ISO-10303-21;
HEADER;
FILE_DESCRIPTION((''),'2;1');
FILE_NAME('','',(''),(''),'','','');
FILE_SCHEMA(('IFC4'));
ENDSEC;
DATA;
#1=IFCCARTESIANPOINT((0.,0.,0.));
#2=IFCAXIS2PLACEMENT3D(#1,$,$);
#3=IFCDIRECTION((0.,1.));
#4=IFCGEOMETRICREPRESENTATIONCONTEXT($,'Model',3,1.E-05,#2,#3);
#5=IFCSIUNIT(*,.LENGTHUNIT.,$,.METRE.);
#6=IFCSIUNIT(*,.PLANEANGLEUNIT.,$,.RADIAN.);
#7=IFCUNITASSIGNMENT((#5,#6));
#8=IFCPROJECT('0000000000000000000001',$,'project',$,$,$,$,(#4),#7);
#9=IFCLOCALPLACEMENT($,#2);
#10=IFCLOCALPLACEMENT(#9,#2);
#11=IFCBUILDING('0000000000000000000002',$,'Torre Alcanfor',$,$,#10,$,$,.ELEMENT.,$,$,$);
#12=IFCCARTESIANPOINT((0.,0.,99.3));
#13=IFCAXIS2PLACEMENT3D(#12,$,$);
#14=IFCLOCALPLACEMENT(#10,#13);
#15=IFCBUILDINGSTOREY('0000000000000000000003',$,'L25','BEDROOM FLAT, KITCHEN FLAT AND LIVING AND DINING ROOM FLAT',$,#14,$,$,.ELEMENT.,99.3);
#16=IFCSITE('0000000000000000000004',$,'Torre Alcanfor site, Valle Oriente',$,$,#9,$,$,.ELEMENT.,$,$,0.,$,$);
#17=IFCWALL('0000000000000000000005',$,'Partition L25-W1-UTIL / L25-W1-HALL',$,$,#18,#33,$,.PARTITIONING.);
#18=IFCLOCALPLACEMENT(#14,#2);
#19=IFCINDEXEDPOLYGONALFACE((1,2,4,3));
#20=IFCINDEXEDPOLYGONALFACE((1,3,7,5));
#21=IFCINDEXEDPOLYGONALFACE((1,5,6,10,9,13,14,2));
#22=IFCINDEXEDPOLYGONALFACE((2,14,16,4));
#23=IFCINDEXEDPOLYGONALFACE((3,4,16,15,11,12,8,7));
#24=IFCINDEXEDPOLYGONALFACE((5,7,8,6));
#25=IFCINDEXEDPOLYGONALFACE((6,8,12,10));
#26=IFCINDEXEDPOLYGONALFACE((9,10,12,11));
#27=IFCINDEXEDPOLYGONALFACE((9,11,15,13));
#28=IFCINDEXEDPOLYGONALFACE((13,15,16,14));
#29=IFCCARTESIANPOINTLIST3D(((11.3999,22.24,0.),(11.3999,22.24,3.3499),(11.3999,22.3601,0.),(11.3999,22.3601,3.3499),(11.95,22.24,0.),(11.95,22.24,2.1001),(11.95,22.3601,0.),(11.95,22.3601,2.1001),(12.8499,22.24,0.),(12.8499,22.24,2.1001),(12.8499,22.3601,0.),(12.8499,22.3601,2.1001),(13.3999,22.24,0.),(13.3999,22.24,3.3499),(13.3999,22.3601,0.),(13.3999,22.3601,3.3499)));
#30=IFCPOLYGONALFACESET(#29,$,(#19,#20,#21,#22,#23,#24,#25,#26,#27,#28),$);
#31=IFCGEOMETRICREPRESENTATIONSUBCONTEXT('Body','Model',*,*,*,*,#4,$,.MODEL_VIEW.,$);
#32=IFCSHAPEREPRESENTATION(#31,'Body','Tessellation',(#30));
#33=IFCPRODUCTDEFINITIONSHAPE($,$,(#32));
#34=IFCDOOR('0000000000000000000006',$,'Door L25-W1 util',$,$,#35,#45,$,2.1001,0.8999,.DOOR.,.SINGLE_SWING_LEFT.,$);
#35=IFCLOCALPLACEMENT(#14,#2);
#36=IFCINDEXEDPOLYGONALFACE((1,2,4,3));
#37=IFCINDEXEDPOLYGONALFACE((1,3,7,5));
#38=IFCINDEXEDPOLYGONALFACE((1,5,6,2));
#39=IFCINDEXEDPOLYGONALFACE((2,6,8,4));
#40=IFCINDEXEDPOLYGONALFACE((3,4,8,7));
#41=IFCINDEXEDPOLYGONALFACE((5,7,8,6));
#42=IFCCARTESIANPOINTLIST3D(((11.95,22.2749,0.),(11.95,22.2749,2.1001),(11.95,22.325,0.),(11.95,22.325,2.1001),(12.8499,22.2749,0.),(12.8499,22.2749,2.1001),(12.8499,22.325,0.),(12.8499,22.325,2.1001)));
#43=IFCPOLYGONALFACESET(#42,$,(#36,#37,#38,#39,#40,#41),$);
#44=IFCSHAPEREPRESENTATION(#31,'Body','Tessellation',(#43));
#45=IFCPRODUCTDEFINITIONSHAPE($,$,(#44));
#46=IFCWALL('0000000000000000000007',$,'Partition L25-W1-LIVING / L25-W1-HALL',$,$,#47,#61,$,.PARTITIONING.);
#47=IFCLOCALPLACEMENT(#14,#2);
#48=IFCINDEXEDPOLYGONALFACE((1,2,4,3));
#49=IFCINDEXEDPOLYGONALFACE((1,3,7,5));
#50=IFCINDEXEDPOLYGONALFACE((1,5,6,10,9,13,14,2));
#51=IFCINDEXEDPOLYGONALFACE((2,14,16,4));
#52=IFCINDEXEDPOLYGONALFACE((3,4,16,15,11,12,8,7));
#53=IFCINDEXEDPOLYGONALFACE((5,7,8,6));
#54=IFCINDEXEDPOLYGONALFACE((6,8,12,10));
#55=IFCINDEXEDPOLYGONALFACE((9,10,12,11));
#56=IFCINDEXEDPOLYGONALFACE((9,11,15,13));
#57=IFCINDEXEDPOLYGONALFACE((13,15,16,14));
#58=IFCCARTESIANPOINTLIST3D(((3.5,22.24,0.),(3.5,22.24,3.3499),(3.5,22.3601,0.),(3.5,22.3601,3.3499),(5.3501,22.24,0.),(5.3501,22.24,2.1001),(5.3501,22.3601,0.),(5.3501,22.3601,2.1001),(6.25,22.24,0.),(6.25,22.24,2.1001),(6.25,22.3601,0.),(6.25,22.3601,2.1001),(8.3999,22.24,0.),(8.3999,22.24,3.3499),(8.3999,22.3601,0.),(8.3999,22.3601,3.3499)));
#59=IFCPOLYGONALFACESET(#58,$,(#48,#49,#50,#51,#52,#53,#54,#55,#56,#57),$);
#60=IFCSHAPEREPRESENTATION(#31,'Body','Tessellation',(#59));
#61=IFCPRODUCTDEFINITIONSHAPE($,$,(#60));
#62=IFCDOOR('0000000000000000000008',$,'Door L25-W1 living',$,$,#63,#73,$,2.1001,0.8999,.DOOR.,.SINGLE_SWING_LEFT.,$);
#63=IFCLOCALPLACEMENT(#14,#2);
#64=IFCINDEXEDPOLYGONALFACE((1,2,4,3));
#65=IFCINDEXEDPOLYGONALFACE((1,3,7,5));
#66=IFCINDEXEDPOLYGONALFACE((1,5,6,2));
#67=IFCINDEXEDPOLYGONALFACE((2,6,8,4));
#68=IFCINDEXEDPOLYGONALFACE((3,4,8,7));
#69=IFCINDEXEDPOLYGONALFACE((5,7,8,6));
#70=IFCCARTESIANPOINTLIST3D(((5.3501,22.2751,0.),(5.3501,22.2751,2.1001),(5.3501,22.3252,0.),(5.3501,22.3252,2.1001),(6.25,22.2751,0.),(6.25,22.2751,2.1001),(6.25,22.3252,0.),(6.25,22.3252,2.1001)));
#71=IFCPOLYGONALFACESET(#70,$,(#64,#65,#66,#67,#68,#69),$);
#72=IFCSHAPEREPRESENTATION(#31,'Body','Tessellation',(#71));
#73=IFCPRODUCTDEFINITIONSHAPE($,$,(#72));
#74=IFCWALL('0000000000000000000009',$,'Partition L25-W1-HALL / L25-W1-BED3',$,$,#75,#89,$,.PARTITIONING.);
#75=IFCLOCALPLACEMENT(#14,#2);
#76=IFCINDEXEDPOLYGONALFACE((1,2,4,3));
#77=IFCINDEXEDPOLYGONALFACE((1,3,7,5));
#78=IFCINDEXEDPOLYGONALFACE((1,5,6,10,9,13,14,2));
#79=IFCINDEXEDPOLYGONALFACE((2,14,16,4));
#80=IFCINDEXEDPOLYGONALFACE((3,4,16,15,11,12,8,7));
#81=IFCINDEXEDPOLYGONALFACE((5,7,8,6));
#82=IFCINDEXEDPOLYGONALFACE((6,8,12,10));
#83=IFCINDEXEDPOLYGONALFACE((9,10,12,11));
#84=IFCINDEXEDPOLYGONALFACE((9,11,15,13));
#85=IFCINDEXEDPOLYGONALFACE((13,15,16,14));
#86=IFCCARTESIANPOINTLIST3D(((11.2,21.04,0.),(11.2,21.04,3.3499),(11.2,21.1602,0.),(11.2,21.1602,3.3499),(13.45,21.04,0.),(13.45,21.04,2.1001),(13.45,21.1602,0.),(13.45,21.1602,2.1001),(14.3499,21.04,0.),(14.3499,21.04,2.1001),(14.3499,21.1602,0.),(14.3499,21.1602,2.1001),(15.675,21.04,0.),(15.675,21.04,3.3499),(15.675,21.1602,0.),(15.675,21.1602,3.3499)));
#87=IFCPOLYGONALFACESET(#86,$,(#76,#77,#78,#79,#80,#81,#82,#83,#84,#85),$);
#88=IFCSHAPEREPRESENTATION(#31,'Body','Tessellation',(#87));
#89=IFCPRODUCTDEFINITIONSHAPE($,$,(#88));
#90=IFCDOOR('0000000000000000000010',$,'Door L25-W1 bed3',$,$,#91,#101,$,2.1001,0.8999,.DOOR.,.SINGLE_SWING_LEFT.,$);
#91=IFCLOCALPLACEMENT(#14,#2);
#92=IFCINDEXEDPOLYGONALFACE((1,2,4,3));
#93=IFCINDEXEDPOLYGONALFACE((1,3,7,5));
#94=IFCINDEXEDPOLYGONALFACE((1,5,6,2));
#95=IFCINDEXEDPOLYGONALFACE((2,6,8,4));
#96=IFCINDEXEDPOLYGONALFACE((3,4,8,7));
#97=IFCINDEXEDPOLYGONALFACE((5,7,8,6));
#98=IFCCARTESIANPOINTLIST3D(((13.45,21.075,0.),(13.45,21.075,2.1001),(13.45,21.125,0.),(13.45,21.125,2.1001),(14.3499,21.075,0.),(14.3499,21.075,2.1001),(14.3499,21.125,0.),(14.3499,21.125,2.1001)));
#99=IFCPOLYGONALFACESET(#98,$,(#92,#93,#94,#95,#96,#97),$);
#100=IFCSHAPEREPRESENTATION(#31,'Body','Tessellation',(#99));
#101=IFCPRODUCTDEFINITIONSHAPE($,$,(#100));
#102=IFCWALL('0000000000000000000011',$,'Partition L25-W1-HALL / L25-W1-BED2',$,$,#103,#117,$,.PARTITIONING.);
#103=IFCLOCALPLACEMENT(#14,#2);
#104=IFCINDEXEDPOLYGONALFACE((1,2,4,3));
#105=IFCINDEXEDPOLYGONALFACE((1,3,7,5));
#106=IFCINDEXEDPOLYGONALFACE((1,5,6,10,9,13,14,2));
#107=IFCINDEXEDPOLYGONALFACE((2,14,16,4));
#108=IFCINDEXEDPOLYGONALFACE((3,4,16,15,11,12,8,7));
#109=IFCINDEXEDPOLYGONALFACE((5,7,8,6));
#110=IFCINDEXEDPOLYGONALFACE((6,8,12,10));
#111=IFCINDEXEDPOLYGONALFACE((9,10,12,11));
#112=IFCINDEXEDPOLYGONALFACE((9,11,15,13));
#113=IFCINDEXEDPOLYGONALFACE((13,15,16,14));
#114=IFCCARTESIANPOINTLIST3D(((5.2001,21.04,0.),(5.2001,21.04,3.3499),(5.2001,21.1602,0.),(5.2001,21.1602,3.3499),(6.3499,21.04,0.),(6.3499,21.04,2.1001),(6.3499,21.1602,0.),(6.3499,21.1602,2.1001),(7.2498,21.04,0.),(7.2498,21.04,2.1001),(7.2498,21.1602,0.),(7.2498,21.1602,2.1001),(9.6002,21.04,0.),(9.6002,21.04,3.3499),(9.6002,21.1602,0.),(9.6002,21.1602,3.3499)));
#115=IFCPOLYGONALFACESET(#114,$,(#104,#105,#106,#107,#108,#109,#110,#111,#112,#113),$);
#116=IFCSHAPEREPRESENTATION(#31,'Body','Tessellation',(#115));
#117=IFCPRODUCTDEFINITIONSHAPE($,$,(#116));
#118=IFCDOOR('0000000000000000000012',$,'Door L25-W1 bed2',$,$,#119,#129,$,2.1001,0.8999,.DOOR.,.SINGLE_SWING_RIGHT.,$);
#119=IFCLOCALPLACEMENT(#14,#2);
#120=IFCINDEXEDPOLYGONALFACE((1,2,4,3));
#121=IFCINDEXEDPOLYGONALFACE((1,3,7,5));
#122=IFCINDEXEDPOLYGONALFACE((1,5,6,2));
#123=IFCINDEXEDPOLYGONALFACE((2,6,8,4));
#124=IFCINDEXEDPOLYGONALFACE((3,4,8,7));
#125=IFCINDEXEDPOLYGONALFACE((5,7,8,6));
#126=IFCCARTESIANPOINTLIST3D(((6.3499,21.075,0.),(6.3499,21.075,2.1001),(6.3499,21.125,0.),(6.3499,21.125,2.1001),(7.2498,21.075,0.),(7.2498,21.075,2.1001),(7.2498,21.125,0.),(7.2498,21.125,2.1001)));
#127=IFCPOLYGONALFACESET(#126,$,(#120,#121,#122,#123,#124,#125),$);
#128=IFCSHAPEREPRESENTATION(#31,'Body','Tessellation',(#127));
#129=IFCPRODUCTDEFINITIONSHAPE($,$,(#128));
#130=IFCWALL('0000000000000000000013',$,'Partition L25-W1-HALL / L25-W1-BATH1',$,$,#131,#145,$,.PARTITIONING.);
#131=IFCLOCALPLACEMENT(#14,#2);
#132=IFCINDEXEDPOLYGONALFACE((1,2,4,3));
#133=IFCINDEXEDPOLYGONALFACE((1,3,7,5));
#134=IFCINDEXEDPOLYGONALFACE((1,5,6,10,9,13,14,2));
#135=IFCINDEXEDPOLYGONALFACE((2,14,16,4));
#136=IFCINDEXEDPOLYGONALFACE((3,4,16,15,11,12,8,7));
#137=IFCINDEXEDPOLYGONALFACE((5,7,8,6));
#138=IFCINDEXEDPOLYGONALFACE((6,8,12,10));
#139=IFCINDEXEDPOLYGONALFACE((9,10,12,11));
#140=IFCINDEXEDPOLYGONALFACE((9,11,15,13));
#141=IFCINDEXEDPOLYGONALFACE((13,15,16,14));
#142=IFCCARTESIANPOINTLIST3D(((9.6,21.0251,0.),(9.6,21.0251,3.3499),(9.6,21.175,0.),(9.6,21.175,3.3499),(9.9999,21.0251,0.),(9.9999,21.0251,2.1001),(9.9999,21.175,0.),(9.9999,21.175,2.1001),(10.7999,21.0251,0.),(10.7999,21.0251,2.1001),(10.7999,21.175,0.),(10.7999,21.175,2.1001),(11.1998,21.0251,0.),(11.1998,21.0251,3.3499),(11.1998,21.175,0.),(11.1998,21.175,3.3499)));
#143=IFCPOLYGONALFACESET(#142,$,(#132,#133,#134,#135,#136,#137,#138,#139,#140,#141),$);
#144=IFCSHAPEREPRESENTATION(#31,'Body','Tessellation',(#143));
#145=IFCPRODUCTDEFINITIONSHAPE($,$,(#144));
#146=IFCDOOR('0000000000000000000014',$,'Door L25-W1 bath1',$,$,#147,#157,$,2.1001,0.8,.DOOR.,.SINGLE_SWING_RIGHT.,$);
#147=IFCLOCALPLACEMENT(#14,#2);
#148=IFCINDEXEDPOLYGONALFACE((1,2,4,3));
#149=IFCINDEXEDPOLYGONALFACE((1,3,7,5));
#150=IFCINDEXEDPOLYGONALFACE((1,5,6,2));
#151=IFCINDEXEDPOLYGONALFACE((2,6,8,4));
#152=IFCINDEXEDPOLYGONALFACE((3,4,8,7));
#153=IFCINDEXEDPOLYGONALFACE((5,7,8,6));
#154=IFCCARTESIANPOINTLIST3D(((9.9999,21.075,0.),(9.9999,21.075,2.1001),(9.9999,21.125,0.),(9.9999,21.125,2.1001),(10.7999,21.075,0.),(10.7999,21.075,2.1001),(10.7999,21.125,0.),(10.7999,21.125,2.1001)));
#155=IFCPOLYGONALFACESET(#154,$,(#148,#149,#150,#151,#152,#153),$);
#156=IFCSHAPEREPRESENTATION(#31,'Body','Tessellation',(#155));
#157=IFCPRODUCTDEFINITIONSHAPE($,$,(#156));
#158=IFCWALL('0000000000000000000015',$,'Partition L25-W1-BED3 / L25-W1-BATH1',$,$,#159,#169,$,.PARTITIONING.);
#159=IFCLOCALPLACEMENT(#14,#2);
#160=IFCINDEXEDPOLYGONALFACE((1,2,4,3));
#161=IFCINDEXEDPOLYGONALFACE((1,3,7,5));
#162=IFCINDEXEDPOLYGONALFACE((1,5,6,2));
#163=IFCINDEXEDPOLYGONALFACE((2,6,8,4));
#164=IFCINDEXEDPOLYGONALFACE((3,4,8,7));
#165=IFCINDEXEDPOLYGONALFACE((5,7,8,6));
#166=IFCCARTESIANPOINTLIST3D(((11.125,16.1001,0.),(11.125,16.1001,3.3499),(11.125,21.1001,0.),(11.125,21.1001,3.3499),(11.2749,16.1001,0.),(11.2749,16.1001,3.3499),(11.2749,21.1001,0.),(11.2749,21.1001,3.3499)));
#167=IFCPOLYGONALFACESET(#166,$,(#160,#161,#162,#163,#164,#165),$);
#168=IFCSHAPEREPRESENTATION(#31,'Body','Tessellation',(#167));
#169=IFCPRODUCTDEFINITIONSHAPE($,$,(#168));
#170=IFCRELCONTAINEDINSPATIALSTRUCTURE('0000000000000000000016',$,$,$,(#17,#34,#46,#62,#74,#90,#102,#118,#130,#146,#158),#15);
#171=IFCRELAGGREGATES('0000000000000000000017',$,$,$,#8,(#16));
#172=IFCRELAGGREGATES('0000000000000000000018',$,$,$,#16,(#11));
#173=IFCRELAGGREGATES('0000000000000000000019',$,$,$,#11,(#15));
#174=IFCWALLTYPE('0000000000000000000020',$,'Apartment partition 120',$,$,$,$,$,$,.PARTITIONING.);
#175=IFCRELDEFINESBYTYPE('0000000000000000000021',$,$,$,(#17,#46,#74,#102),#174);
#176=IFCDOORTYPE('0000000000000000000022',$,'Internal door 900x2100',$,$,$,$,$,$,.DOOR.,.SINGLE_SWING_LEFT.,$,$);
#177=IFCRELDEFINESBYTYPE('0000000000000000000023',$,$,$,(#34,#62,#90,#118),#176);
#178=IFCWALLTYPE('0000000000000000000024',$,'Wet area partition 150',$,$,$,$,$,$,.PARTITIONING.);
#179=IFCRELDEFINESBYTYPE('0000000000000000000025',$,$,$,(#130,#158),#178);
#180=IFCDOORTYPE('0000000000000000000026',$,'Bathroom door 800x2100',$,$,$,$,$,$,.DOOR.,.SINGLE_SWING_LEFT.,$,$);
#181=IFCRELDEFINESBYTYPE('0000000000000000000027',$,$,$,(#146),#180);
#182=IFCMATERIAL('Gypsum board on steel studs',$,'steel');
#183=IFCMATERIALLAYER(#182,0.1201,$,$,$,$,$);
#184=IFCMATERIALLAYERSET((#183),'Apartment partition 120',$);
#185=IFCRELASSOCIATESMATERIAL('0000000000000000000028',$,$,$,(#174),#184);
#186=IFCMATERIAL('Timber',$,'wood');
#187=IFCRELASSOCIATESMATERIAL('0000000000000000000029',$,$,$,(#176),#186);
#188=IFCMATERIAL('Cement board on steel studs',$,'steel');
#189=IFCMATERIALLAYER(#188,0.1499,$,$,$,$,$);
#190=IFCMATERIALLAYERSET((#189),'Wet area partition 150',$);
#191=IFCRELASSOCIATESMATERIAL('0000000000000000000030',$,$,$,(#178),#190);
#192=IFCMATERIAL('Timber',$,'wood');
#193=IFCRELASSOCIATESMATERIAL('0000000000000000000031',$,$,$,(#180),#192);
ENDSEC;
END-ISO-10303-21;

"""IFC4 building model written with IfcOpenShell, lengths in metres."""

from ifc_helpers import new_model, si_unit, direction, frame, frame_2d, origin, place, context, subcontext, project, spatial, rectangle, extrude, material, layer, layer_set, type_object, element, fill, save


model = new_model("IFC4")

# Units and contexts
model_context = context("Model", 3, precision=1e-05, world=origin(), true_north=direction((0.0, 1.0)))
body_context = subcontext(model_context, "Body", "Model", "MODEL_VIEW")
ifc_project = project(units=[si_unit("LENGTHUNIT", "METRE"), si_unit("PLANEANGLEUNIT", "RADIAN")], contexts=[model_context])

# Site, building, storey
site_placement = place(None, origin())
site = spatial("IfcSite", under=ifc_project, at=site_placement, Name="Torre Alcanfor site, Valle Oriente", CompositionType="ELEMENT", RefElevation=0.0)
building_placement = place(site_placement, origin())
building = spatial("IfcBuilding", under=site, at=building_placement, Name="Torre Alcanfor", CompositionType="ELEMENT")
storey_placement = place(building_placement, frame((0.0, 0.0, 99.3)))
storey = spatial("IfcBuildingStorey", under=building, at=storey_placement, Name="L25", Description="BEDROOM FLAT, KITCHEN FLAT AND LIVING AND DINING ROOM FLAT", CompositionType="ELEMENT", Elevation=99.3)

# Shared definitions
ifc_material_1 = material(Name="Gypsum board on steel studs", Category="steel")
ifc_layer_1 = layer(ifc_material_1, 0.1201)
ifc_layer_set_1 = layer_set([ifc_layer_1], Name="Apartment partition 120")
wall_type_1 = type_object("IfcWallType", Name="Apartment partition 120", PredefinedType="PARTITIONING", material=ifc_layer_set_1)

# Walls, openings, doors
wall_1_placement = place(storey_placement, frame((11.3999, 22.3, 0.0), z_axis=(0.0, 0.0, 1.0), x_axis=(1.0, 0.0, 0.0)))
wall_1 = element("IfcWall", 1, at=wall_1_placement, inside=storey, type_object=wall_type_1, Name="Partition L25-W1-UTIL / L25-W1-HALL", PredefinedType="PARTITIONING", context=body_context, shape_type="SweptSolid", body=[
    extrude(rectangle(XDim=2.0, YDim=0.1201, at=frame_2d((1.0, 0.0))), origin(), (0.0, 0.0, 1.0), 3.3499),
])
opening_1_placement = place(wall_1_placement, frame((0.55, 0.0, 0.0)))
opening_1 = element("IfcOpeningElement", 2, at=opening_1_placement, cuts=wall_1, PredefinedType="OPENING", context=body_context, shape_type="SweptSolid", body=[
    extrude(rectangle(XDim=0.8999, YDim=2.1001, at=frame_2d((0.45, 1.05))), frame((0.0, 0.0701, 0.0), z_axis=(0.0, -1.0, 0.0), x_axis=(1.0, 0.0, 0.0)), (0.0, 0.0, 1.0), 0.1401),
])
ifc_material_2 = material(Name="Timber", Category="wood")
door_type_1 = type_object("IfcDoorType", Name="Internal door 900x2100", OperationType="SINGLE_SWING_LEFT", PredefinedType="DOOR", material=ifc_material_2)
door_1_placement = place(opening_1_placement, origin())
door_1 = element("IfcDoor", 3, at=door_1_placement, inside=storey, type_object=door_type_1, Name="Door L25-W1 util", OperationType="SINGLE_SWING_LEFT", OverallHeight=2.1001, OverallWidth=0.8999, PredefinedType="DOOR", context=body_context, shape_type="SweptSolid", body=[
    extrude(rectangle(XDim=0.8999, YDim=2.1001, at=frame_2d((0.45, 1.05))), frame((0.0, 0.0249, 0.0), z_axis=(0.0, -1.0, 0.0), x_axis=(1.0, 0.0, 0.0)), (0.0, 0.0, 1.0), 0.05),
])
fill(opening_1, door_1)
wall_2_placement = place(storey_placement, frame((8.3999, 22.3, 0.0), z_axis=(0.0, 0.0, 1.0), x_axis=(-1.0, 0.0, 0.0)))
wall_2 = element("IfcWall", 4, at=wall_2_placement, inside=storey, type_object=wall_type_1, Name="Partition L25-W1-LIVING / L25-W1-HALL", PredefinedType="PARTITIONING", context=body_context, shape_type="SweptSolid", body=[
    extrude(rectangle(XDim=4.8999, YDim=0.1201, at=frame_2d((2.45, 0.0))), origin(), (0.0, 0.0, 1.0), 3.3499),
])
opening_2_placement = place(wall_2_placement, frame((2.1499, 0.0, 0.0)))
opening_2 = element("IfcOpeningElement", 5, at=opening_2_placement, cuts=wall_2, PredefinedType="OPENING", context=body_context, shape_type="SweptSolid", body=[
    extrude(rectangle(XDim=0.8999, YDim=2.1001, at=frame_2d((0.45, 1.05))), frame((0.0, 0.0701, 0.0), z_axis=(0.0, -1.0, 0.0), x_axis=(1.0, 0.0, 0.0)), (0.0, 0.0, 1.0), 0.1401),
])
door_2_placement = place(opening_2_placement, frame((0.8999, 0.0, 0.0), z_axis=(0.0, 0.0, 1.0), x_axis=(-1.0, 0.0, 0.0)))
door_2 = element("IfcDoor", 6, at=door_2_placement, inside=storey, type_object=door_type_1, Name="Door L25-W1 living", OperationType="SINGLE_SWING_LEFT", OverallHeight=2.1001, OverallWidth=0.8999, PredefinedType="DOOR", context=body_context, shape_type="SweptSolid", body=[
    extrude(rectangle(XDim=0.8999, YDim=2.1001, at=frame_2d((0.45, 1.05))), frame((0.0, 0.0251, 0.0), z_axis=(0.0, -1.0, 0.0), x_axis=(1.0, 0.0, 0.0)), (0.0, 0.0, 1.0), 0.05),
])
fill(opening_2, door_2)
wall_3_placement = place(storey_placement, frame((11.2, 21.1001, 0.0), z_axis=(0.0, 0.0, 1.0), x_axis=(1.0, 0.0, 0.0)))
wall_3 = element("IfcWall", 7, at=wall_3_placement, inside=storey, type_object=wall_type_1, Name="Partition L25-W1-HALL / L25-W1-BED3", PredefinedType="PARTITIONING", context=body_context, shape_type="SweptSolid", body=[
    extrude(rectangle(XDim=4.4751, YDim=0.1201, at=frame_2d((2.2375, 0.0))), origin(), (0.0, 0.0, 1.0), 3.3499),
])
opening_3_placement = place(wall_3_placement, frame((2.25, 0.0, 0.0)))
opening_3 = element("IfcOpeningElement", 8, at=opening_3_placement, cuts=wall_3, PredefinedType="OPENING", context=body_context, shape_type="SweptSolid", body=[
    extrude(rectangle(XDim=0.8999, YDim=2.1001, at=frame_2d((0.45, 1.05))), frame((0.0, 0.0701, 0.0), z_axis=(0.0, -1.0, 0.0), x_axis=(1.0, 0.0, 0.0)), (0.0, 0.0, 1.0), 0.1401),
])
door_3_placement = place(opening_3_placement, frame((0.8999, 0.0, 0.0), z_axis=(0.0, 0.0, 1.0), x_axis=(-1.0, 0.0, 0.0)))
door_3 = element("IfcDoor", 9, at=door_3_placement, inside=storey, type_object=door_type_1, Name="Door L25-W1 bed3", OperationType="SINGLE_SWING_LEFT", OverallHeight=2.1001, OverallWidth=0.8999, PredefinedType="DOOR", context=body_context, shape_type="SweptSolid", body=[
    extrude(rectangle(XDim=0.8999, YDim=2.1001, at=frame_2d((0.45, 1.05))), frame((0.0, 0.0251, 0.0), z_axis=(0.0, -1.0, 0.0), x_axis=(1.0, 0.0, 0.0)), (0.0, 0.0, 1.0), 0.05),
])
fill(opening_3, door_3)
wall_4_placement = place(storey_placement, frame((5.2, 21.1001, 0.0), z_axis=(0.0, 0.0, 1.0), x_axis=(1.0, 0.0, 0.0)))
wall_4 = element("IfcWall", 10, at=wall_4_placement, inside=storey, type_object=wall_type_1, Name="Partition L25-W1-HALL / L25-W1-BED2", PredefinedType="PARTITIONING", context=body_context, shape_type="SweptSolid", body=[
    extrude(rectangle(XDim=4.4001, YDim=0.1201, at=frame_2d((2.2002, 0.0))), origin(), (0.0, 0.0, 1.0), 3.3499),
])
opening_4_placement = place(wall_4_placement, frame((1.1499, 0.0, 0.0)))
opening_4 = element("IfcOpeningElement", 11, at=opening_4_placement, cuts=wall_4, PredefinedType="OPENING", context=body_context, shape_type="SweptSolid", body=[
    extrude(rectangle(XDim=0.8999, YDim=2.1001, at=frame_2d((0.45, 1.05))), frame((0.0, 0.0701, 0.0), z_axis=(0.0, -1.0, 0.0), x_axis=(1.0, 0.0, 0.0)), (0.0, 0.0, 1.0), 0.1401),
])
door_4_placement = place(opening_4_placement, frame((0.8999, 0.0, 0.0), z_axis=(0.0, 0.0, 1.0), x_axis=(-1.0, 0.0, 0.0)))
door_4 = element("IfcDoor", 12, at=door_4_placement, inside=storey, type_object=door_type_1, Name="Door L25-W1 bed2", OperationType="SINGLE_SWING_RIGHT", OverallHeight=2.1001, OverallWidth=0.8999, PredefinedType="DOOR", context=body_context, shape_type="SweptSolid", body=[
    extrude(rectangle(XDim=0.8999, YDim=2.1001, at=frame_2d((0.45, 1.05))), frame((0.0, 0.0251, 0.0), z_axis=(0.0, -1.0, 0.0), x_axis=(1.0, 0.0, 0.0)), (0.0, 0.0, 1.0), 0.05),
])
fill(opening_4, door_4)
ifc_material_3 = material(Name="Cement board on steel studs", Category="steel")
ifc_layer_2 = layer(ifc_material_3, 0.1499)
ifc_layer_set_2 = layer_set([ifc_layer_2], Name="Wet area partition 150")
wall_type_2 = type_object("IfcWallType", Name="Wet area partition 150", PredefinedType="PARTITIONING", material=ifc_layer_set_2)
wall_5_placement = place(storey_placement, frame((9.6001, 21.1001, 0.0), z_axis=(0.0, 0.0, 1.0), x_axis=(1.0, 0.0, 0.0)))
wall_5 = element("IfcWall", 13, at=wall_5_placement, inside=storey, type_object=wall_type_2, Name="Partition L25-W1-HALL / L25-W1-BATH1", PredefinedType="PARTITIONING", context=body_context, shape_type="SweptSolid", body=[
    extrude(rectangle(XDim=1.5999, YDim=0.1499, at=frame_2d((0.7998, 0.0))), origin(), (0.0, 0.0, 1.0), 3.3499),
])
opening_5_placement = place(wall_5_placement, frame((0.3999, 0.0, 0.0)))
opening_5 = element("IfcOpeningElement", 14, at=opening_5_placement, cuts=wall_5, PredefinedType="OPENING", context=body_context, shape_type="SweptSolid", body=[
    extrude(rectangle(XDim=0.8, YDim=2.1001, at=frame_2d((0.3999, 1.05))), frame((0.0, 0.085, 0.0), z_axis=(0.0, -1.0, 0.0), x_axis=(1.0, 0.0, 0.0)), (0.0, 0.0, 1.0), 0.1699),
])
ifc_material_4 = material(Name="Timber", Category="wood")
door_type_2 = type_object("IfcDoorType", Name="Bathroom door 800x2100", OperationType="SINGLE_SWING_LEFT", PredefinedType="DOOR", material=ifc_material_4)
door_5_placement = place(opening_5_placement, frame((0.8, 0.0, 0.0), z_axis=(0.0, 0.0, 1.0), x_axis=(-1.0, 0.0, 0.0)))
door_5 = element("IfcDoor", 15, at=door_5_placement, inside=storey, type_object=door_type_2, Name="Door L25-W1 bath1", OperationType="SINGLE_SWING_RIGHT", OverallHeight=2.1001, OverallWidth=0.8, PredefinedType="DOOR", context=body_context, shape_type="SweptSolid", body=[
    extrude(rectangle(XDim=0.8, YDim=2.1001, at=frame_2d((0.4001, 1.05))), frame((0.0, 0.0251, 0.0), z_axis=(0.0, -1.0, 0.0), x_axis=(1.0, 0.0, 0.0)), (0.0, 0.0, 1.0), 0.05),
])
fill(opening_5, door_5)

# Wall
for number, where, z_axis, x_axis, name in (
    (16, (11.2, 21.1001, 0.0), (0.0, 0.0, 1.0), (0.0, -1.0, 0.0), "Partition L25-W1-BED3 / L25-W1-BATH1"),
):
    element("IfcWall", number, at=place(storey_placement, frame(where, z_axis=z_axis, x_axis=x_axis)), inside=storey, type_object=wall_type_2, Name=name, PredefinedType="PARTITIONING", context=body_context, shape_type="SweptSolid", body=[
        extrude(rectangle(XDim=5.0, YDim=0.1499, at=frame_2d((2.5, 0.0))), origin(), (0.0, 0.0, 1.0), 3.3499),
    ])

save(model, "model.ifc")
